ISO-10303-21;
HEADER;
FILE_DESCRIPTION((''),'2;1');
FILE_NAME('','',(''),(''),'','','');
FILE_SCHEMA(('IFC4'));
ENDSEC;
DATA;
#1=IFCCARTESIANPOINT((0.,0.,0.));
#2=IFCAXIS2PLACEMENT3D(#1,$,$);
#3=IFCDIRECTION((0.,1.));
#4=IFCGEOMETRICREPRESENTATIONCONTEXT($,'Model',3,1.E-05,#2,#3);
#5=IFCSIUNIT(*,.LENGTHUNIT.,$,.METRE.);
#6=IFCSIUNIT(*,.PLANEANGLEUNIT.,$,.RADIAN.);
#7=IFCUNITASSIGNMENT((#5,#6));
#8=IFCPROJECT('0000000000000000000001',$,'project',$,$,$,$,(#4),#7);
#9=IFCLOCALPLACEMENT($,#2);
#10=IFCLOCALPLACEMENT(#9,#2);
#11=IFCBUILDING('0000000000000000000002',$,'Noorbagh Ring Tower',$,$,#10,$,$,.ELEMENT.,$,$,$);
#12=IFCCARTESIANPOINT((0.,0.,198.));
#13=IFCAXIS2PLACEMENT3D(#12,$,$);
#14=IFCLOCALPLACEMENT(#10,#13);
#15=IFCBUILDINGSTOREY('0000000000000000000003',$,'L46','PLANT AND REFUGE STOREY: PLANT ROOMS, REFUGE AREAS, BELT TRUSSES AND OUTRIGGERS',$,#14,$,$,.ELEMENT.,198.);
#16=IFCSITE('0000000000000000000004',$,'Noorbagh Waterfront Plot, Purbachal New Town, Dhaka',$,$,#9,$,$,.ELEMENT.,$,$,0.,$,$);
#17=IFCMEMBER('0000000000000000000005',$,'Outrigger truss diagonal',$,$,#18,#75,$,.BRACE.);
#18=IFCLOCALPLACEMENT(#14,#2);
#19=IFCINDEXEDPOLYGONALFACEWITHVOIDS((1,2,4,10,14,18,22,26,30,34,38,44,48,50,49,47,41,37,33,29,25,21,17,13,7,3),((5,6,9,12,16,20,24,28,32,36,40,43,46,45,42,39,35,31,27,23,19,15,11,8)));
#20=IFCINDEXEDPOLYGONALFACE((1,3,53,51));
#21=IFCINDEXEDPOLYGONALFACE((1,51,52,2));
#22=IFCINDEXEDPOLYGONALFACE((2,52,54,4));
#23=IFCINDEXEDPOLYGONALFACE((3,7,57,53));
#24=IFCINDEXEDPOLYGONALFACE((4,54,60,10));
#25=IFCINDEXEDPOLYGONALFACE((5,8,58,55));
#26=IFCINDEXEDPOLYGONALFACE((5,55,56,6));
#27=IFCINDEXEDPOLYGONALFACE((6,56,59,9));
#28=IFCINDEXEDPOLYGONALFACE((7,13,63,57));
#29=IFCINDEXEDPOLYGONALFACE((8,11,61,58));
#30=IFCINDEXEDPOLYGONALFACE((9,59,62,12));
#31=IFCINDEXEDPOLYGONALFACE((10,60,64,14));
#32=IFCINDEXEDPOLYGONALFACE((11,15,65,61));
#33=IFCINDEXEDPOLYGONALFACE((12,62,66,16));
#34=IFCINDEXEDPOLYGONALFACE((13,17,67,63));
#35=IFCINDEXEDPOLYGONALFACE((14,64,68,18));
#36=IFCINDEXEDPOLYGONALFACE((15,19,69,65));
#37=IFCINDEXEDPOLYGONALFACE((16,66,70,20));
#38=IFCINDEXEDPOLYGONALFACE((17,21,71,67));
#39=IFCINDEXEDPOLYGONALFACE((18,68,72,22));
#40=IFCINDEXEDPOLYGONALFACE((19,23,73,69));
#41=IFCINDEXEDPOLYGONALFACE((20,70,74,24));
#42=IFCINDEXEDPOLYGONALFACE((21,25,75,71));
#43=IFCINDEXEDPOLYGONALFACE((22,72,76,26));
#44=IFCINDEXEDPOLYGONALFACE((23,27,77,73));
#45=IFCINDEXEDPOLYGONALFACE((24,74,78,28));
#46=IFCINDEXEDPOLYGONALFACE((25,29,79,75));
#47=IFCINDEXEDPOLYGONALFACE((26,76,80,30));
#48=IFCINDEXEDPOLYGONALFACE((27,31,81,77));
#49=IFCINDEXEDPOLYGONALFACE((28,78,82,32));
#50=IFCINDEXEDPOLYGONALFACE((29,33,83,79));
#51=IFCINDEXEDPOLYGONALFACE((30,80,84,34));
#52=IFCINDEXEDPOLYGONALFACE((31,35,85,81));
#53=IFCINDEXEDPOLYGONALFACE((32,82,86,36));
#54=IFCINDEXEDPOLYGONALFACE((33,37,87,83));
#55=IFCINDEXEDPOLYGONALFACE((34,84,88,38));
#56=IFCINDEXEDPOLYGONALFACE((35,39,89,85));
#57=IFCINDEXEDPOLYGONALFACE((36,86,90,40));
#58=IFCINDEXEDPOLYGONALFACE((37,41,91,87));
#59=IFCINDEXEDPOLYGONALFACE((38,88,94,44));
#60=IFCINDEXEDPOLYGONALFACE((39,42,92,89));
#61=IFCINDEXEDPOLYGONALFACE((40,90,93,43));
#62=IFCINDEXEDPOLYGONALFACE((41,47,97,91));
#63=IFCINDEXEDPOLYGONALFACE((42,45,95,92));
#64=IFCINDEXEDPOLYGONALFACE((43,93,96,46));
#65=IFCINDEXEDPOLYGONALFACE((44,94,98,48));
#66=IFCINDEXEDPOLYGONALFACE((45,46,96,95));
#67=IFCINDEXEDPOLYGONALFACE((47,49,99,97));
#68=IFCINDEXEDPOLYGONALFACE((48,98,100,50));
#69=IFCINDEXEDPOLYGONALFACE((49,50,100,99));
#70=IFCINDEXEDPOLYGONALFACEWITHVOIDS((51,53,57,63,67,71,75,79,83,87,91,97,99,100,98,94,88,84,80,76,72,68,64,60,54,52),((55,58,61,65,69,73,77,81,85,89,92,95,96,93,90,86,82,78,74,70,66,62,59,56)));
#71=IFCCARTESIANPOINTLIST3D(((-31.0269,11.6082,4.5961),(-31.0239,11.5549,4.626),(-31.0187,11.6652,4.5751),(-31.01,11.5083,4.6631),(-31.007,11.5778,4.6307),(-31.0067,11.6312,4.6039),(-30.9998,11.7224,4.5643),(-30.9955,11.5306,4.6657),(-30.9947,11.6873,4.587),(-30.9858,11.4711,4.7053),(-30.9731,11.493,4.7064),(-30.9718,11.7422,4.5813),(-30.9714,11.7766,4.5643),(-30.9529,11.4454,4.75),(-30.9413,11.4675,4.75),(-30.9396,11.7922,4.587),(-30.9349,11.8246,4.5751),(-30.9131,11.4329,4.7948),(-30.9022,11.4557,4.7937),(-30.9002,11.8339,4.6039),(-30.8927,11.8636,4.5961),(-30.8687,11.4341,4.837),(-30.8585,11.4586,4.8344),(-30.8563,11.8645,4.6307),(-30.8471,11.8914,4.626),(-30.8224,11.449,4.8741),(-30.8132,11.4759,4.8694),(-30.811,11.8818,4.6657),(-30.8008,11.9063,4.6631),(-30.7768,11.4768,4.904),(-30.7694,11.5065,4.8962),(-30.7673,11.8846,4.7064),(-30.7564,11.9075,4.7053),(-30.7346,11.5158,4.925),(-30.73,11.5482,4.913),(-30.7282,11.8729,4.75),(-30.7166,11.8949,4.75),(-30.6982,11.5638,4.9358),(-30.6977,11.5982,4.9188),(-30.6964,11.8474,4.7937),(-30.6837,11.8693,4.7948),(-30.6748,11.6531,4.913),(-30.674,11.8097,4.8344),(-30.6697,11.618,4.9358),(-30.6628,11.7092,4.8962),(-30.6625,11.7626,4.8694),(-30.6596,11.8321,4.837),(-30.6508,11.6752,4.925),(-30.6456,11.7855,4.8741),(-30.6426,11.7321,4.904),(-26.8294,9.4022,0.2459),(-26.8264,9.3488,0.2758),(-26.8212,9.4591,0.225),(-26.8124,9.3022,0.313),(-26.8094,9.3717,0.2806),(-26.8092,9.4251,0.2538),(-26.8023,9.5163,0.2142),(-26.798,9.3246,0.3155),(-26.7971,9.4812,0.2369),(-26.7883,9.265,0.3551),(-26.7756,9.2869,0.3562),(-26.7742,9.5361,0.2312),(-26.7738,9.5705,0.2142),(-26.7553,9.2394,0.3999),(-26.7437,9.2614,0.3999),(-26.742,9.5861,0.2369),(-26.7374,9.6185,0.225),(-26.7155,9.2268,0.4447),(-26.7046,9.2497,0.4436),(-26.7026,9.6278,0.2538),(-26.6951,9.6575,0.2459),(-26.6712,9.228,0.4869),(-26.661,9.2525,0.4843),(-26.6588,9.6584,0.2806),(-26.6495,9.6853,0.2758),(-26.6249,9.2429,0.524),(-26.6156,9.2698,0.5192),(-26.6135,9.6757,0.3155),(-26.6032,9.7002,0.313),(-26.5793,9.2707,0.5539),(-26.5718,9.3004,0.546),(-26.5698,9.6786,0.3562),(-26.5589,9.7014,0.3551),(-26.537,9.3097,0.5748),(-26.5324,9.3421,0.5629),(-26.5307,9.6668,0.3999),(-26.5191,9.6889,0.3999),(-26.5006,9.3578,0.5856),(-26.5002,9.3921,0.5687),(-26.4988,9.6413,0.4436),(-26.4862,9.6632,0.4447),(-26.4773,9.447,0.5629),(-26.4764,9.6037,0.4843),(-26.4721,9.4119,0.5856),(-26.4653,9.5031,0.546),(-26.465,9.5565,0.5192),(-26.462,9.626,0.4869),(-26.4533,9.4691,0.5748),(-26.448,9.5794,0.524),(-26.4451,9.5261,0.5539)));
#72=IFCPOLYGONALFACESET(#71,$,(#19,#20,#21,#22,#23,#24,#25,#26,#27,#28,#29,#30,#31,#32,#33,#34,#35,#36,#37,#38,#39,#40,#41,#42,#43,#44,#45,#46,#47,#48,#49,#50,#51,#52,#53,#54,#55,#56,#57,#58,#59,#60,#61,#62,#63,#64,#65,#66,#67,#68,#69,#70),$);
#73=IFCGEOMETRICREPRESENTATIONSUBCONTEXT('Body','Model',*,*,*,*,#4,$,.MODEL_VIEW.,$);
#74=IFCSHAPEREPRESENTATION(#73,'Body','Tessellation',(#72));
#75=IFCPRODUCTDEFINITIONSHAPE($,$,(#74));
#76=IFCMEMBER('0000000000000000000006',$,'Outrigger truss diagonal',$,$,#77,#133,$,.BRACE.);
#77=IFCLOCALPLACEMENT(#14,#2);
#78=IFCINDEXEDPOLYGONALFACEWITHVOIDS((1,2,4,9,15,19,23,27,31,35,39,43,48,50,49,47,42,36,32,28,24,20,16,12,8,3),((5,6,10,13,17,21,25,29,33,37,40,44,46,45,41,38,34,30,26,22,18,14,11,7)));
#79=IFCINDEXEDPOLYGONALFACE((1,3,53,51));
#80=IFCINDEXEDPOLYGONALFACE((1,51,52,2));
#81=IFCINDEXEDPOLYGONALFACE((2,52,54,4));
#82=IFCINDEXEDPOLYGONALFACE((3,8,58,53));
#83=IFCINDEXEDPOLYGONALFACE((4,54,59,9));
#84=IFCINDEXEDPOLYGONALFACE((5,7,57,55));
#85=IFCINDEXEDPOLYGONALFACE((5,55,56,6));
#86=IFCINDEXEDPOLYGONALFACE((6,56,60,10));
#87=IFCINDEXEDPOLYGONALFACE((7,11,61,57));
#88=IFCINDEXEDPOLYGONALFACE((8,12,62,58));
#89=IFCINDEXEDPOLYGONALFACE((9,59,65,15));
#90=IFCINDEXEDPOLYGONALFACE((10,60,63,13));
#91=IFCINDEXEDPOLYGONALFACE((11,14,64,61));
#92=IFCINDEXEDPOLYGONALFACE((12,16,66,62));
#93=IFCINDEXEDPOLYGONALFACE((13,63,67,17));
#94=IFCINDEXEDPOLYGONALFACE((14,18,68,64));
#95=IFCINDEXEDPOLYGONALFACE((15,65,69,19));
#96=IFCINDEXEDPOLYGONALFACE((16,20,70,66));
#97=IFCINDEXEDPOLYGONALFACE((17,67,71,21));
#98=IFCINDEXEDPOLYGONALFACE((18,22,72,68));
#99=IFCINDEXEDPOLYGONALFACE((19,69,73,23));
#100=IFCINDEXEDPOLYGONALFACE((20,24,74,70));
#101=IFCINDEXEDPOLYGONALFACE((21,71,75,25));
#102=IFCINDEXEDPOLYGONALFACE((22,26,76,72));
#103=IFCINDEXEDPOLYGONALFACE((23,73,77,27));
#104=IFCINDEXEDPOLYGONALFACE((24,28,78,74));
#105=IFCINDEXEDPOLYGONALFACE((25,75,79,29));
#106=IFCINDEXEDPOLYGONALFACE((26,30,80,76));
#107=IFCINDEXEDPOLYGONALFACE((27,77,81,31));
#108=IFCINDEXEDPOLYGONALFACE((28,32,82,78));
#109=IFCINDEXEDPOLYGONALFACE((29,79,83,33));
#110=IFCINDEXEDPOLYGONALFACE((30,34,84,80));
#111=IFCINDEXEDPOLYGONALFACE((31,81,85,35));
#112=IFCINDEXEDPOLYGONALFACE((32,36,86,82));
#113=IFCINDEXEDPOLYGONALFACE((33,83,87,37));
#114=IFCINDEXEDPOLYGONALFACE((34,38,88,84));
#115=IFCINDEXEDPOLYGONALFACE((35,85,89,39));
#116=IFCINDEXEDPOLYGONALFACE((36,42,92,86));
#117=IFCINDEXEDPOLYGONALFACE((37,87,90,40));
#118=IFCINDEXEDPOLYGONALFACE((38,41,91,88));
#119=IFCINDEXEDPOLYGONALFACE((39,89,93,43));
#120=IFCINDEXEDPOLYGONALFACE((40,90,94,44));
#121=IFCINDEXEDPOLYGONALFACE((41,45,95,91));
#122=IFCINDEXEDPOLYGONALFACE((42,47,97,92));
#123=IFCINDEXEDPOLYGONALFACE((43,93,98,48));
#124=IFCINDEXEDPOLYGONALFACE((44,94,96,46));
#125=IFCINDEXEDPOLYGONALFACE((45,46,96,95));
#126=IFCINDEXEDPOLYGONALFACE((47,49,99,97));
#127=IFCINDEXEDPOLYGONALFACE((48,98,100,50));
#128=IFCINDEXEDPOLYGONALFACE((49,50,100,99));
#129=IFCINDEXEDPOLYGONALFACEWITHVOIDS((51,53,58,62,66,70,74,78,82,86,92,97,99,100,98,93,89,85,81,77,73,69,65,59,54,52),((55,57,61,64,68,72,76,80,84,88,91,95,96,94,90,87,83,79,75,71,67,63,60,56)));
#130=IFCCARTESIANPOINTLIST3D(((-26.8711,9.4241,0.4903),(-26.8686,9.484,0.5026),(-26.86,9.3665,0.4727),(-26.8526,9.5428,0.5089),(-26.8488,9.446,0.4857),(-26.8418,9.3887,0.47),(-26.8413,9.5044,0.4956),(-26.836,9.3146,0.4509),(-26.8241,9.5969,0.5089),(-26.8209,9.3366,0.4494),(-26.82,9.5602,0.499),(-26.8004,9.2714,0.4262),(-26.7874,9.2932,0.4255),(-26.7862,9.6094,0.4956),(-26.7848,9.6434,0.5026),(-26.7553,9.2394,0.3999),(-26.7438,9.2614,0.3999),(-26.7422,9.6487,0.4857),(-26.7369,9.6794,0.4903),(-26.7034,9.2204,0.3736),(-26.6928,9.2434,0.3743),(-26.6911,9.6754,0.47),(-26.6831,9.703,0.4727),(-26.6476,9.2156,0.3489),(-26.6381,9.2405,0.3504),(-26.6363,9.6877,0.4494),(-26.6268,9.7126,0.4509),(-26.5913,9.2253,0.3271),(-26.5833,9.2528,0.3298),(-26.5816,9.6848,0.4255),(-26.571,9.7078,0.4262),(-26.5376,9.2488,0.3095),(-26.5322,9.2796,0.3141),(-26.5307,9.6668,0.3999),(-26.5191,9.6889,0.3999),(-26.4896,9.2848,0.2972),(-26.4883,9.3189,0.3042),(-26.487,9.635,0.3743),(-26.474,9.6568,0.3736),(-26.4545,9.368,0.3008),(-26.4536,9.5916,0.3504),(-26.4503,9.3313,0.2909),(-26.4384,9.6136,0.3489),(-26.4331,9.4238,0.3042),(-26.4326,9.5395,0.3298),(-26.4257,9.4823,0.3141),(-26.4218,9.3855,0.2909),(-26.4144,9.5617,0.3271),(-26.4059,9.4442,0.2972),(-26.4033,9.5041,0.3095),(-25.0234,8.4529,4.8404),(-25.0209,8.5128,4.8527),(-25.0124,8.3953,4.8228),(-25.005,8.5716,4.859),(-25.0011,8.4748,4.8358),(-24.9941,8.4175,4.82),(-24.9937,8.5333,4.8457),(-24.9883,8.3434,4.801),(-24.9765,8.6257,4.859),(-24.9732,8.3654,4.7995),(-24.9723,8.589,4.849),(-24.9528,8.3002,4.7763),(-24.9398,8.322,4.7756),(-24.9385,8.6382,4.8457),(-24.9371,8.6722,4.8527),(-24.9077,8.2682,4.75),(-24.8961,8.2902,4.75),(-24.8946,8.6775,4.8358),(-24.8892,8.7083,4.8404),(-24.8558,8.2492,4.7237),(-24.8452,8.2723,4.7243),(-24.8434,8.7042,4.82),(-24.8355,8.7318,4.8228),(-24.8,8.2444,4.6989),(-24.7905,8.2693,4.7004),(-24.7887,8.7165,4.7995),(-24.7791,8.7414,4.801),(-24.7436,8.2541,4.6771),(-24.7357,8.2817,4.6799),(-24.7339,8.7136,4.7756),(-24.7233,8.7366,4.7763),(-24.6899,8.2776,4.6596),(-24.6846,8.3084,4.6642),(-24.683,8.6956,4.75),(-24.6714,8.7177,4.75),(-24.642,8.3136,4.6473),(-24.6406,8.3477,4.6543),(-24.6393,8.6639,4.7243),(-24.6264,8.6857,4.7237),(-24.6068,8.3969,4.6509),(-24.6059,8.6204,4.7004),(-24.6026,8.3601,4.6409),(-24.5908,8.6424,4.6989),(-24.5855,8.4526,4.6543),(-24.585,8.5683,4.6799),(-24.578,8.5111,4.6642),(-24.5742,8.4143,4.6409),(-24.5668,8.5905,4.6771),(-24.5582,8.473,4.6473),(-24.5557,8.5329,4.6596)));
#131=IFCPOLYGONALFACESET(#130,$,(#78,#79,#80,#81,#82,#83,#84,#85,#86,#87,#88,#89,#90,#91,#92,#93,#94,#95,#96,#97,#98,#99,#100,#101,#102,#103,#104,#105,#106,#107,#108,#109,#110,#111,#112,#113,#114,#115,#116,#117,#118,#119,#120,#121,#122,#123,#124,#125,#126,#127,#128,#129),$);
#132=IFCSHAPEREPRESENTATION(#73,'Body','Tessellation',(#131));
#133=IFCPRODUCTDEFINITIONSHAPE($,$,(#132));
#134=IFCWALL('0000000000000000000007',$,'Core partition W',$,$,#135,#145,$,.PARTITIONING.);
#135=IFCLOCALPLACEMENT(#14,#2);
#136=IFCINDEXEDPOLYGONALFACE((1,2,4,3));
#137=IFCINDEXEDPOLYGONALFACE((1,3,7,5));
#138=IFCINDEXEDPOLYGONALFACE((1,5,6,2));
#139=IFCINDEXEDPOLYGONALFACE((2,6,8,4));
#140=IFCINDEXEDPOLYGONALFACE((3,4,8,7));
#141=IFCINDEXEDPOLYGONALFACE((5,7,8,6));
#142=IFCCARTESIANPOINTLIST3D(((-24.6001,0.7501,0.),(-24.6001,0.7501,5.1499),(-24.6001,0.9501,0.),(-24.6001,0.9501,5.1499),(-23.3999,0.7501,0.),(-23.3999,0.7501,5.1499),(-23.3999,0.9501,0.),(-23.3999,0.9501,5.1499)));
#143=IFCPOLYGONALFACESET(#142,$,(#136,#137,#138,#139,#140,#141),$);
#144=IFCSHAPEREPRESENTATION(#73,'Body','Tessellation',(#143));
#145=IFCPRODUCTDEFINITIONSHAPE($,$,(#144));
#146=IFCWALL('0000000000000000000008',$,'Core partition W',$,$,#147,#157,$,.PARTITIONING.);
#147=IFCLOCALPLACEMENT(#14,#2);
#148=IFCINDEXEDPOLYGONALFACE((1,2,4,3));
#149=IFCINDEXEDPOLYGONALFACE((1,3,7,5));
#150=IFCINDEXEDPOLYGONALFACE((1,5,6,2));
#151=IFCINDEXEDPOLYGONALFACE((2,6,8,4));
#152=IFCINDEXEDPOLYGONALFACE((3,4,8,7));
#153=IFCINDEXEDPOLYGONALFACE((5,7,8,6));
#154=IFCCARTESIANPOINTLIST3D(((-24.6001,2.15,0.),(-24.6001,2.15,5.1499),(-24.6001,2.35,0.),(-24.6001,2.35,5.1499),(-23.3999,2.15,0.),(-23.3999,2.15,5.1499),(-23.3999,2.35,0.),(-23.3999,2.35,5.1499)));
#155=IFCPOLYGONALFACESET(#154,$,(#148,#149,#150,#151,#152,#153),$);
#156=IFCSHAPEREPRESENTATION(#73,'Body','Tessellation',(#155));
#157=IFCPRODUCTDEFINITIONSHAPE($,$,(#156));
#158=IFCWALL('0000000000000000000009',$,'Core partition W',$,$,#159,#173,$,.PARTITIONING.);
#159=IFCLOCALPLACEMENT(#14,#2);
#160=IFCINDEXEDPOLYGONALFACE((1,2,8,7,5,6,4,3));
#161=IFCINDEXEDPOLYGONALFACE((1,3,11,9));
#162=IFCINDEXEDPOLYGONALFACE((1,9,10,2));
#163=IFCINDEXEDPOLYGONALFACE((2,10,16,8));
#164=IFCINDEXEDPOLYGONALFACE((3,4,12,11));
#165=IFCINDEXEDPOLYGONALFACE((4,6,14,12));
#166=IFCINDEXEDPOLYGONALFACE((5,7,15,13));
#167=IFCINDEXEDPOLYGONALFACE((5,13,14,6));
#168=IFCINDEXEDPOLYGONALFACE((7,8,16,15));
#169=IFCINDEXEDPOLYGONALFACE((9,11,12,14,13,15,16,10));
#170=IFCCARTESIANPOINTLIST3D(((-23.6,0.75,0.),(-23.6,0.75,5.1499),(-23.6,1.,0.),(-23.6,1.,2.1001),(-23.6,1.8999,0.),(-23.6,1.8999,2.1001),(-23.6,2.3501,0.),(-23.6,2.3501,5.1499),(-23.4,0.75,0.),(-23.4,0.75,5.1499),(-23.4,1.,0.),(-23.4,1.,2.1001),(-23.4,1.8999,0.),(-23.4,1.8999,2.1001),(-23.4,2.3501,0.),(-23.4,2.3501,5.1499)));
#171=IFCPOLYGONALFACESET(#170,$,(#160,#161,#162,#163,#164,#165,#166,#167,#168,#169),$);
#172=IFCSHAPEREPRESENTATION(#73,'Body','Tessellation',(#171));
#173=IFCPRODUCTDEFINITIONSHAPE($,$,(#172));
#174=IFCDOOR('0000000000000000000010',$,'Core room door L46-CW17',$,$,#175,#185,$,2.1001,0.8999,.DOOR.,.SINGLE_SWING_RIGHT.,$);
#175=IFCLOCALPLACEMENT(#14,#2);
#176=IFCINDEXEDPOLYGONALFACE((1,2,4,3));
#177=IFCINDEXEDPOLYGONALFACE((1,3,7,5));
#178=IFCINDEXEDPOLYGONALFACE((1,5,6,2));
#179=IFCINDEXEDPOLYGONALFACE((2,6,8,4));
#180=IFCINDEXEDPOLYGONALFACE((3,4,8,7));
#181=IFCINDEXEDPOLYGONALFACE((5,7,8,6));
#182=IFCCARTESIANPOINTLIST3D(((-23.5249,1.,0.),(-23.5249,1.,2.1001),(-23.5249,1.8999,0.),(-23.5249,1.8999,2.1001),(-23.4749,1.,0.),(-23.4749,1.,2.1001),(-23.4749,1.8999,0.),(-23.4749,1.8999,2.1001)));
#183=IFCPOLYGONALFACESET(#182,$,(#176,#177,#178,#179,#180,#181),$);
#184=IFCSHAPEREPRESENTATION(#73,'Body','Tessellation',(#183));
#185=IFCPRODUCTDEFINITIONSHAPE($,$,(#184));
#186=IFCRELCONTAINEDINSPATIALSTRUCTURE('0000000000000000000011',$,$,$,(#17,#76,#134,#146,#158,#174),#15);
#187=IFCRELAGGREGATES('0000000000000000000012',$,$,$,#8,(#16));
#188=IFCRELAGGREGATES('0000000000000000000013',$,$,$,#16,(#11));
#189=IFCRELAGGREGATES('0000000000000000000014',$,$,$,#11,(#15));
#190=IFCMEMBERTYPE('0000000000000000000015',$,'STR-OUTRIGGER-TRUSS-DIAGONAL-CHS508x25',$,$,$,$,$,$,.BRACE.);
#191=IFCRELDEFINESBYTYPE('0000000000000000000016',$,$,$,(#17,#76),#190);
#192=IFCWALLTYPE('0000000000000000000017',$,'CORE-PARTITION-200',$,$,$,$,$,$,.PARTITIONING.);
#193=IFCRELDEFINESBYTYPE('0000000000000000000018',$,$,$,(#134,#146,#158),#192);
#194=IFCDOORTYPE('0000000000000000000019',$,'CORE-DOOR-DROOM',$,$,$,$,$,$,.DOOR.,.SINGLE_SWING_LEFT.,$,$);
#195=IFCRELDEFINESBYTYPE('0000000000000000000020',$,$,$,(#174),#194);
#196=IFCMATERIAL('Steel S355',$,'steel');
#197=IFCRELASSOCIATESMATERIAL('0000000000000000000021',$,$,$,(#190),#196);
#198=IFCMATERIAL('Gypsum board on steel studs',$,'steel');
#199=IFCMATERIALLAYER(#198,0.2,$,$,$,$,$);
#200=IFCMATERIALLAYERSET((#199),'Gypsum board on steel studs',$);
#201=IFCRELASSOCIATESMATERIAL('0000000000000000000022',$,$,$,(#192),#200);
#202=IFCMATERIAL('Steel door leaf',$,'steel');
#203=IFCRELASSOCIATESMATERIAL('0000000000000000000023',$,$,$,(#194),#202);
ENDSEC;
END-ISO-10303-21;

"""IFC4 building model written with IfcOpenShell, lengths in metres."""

from ifc_helpers import new_model, si_unit, direction, frame, frame_2d, origin, origin_2d, place, context, subcontext, project, spatial, rectangle, hollow_circle, extrude, material, layer, layer_set, material_profile, profile_set, type_object, element, fill, save


model = new_model("IFC4")

# Units and contexts
model_context = context("Model", 3, precision=1e-05, world=origin(), true_north=direction((0.0, 1.0)))
body_context = subcontext(model_context, "Body", "Model", "MODEL_VIEW")
ifc_project = project(units=[si_unit("LENGTHUNIT", "METRE"), si_unit("PLANEANGLEUNIT", "RADIAN")], contexts=[model_context])

# Site, building, storey
site_placement = place(None, origin())
site = spatial("IfcSite", under=ifc_project, at=site_placement, Name="Noorbagh Waterfront Plot, Purbachal New Town, Dhaka", CompositionType="ELEMENT", RefElevation=0.0)
building_placement = place(site_placement, origin())
building = spatial("IfcBuilding", under=site, at=building_placement, Name="Noorbagh Ring Tower", CompositionType="ELEMENT")
storey_placement = place(building_placement, frame((0.0, 0.0, 198.0)))
storey = spatial("IfcBuildingStorey", under=building, at=storey_placement, Name="L46", Description="PLANT AND REFUGE STOREY: PLANT ROOMS, REFUGE AREAS, BELT TRUSSES AND OUTRIGGERS", CompositionType="ELEMENT", Elevation=198.0)

# Members
ifc_material_1 = material(Name="Steel S355", Category="steel")
ifc_material_profile = material_profile(ifc_material_1, hollow_circle(Radius=0.2539, WallThickness=0.0249, at=origin_2d()), Name="CHS508x25")
ifc_profile_set = profile_set([ifc_material_profile], Name="Steel S355")
member_type = type_object("IfcMemberType", Name="STR-OUTRIGGER-TRUSS-DIAGONAL-CHS508x25", PredefinedType="BRACE", material=ifc_profile_set)
member_1_placement = place(storey_placement, frame((-26.6372, 9.4641, 0.3999), z_axis=(-0.652295, 0.342822, 0.676007), x_axis=(-0.465224, -0.885193, 0.0)))
element("IfcMember", 1, at=member_1_placement, inside=storey, type_object=member_type, Name="Outrigger truss diagonal", PredefinedType="BRACE", context=body_context, shape_type="SweptSolid", body=[
    extrude(hollow_circle(Radius=0.2539, WallThickness=0.0249, at=origin_2d()), origin(), (0.0, 0.0, 1.0), 6.4351),
])
member_2_placement = place(storey_placement, frame((-26.6372, 9.4641, 0.3999), z_axis=(0.382936, -0.201284, 0.901579), x_axis=(0.465274, 0.885167, 0.0)))
element("IfcMember", 2, at=member_2_placement, inside=storey, type_object=member_type, Name="Outrigger truss diagonal", PredefinedType="BRACE", context=body_context, shape_type="SweptSolid", body=[
    extrude(hollow_circle(Radius=0.2539, WallThickness=0.0249, at=origin_2d()), origin(), (0.0, 0.0, 1.0), 4.825),
])

# Walls
ifc_material_2 = material(Name="Gypsum board on steel studs", Category="steel")
ifc_layer_1 = layer(ifc_material_2, 0.2)
ifc_layer_set_1 = layer_set([ifc_layer_1], Name="Gypsum board on steel studs")
wall_type_1 = type_object("IfcWallType", Name="CORE-PARTITION-200", PredefinedType="PARTITIONING", material=ifc_layer_set_1)
for number, where, z_axis, x_axis, name in (
    (3, (-23.3999, 0.8501, 0.0), (0.0, 0.0, 1.0), (-1.0, 0.0, 0.0), "Core partition W"),
    (4, (-23.3999, 2.25, 0.0), (0.0, 0.0, 1.0), (-1.0, 0.0, 0.0), "Core partition W"),
):
    element("IfcWall", number, at=place(storey_placement, frame(where, z_axis=z_axis, x_axis=x_axis)), inside=storey, type_object=wall_type_1, Name=name, PredefinedType="PARTITIONING", context=body_context, shape_type="SweptSolid", body=[
        extrude(rectangle(XDim=1.2002, YDim=0.2, at=frame_2d((0.6001, 0.0))), origin(), (0.0, 0.0, 1.0), 5.1499),
    ])

# Wall, opening, door
wall_1_placement = place(storey_placement, frame((-23.5, 0.75, 0.0), z_axis=(0.0, 0.0, 1.0), x_axis=(0.0, 1.0, 0.0)))
wall_1 = element("IfcWall", 5, at=wall_1_placement, inside=storey, type_object=wall_type_1, Name="Core partition W", PredefinedType="PARTITIONING", context=body_context, shape_type="SweptSolid", body=[
    extrude(rectangle(XDim=1.6001, YDim=0.2, at=frame_2d((0.8, 0.0))), origin(), (0.0, 0.0, 1.0), 5.1499),
])
opening_1_placement = place(wall_1_placement, frame((0.25, 0.0, 0.0)))
opening_1 = element("IfcOpeningElement", 6, at=opening_1_placement, cuts=wall_1, PredefinedType="OPENING", context=body_context, shape_type="SweptSolid", body=[
    extrude(rectangle(XDim=0.8999, YDim=2.1001, at=frame_2d((0.45, 1.05))), frame((0.0, 0.1099, 0.0), z_axis=(0.0, -1.0, 0.0), x_axis=(1.0, 0.0, 0.0)), (0.0, 0.0, 1.0), 0.22),
])
ifc_material_3 = material(Name="Steel door leaf", Category="steel")
door_type_1 = type_object("IfcDoorType", Name="CORE-DOOR-DROOM", OperationType="SINGLE_SWING_LEFT", PredefinedType="DOOR", material=ifc_material_3)
door_1_placement = place(opening_1_placement, origin())
door_1 = element("IfcDoor", 7, at=door_1_placement, inside=storey, type_object=door_type_1, Name="Core room door L46-CW17", OperationType="SINGLE_SWING_RIGHT", OverallHeight=2.1001, OverallWidth=0.8999, PredefinedType="DOOR", context=body_context, shape_type="SweptSolid", body=[
    extrude(rectangle(XDim=0.8999, YDim=2.1001, at=frame_2d((0.45, 1.05))), frame((0.0, 0.0249, 0.0), z_axis=(0.0, -1.0, 0.0), x_axis=(1.0, 0.0, 0.0)), (0.0, 0.0, 1.0), 0.05),
])
fill(opening_1, door_1)

save(model, "model.ifc")
